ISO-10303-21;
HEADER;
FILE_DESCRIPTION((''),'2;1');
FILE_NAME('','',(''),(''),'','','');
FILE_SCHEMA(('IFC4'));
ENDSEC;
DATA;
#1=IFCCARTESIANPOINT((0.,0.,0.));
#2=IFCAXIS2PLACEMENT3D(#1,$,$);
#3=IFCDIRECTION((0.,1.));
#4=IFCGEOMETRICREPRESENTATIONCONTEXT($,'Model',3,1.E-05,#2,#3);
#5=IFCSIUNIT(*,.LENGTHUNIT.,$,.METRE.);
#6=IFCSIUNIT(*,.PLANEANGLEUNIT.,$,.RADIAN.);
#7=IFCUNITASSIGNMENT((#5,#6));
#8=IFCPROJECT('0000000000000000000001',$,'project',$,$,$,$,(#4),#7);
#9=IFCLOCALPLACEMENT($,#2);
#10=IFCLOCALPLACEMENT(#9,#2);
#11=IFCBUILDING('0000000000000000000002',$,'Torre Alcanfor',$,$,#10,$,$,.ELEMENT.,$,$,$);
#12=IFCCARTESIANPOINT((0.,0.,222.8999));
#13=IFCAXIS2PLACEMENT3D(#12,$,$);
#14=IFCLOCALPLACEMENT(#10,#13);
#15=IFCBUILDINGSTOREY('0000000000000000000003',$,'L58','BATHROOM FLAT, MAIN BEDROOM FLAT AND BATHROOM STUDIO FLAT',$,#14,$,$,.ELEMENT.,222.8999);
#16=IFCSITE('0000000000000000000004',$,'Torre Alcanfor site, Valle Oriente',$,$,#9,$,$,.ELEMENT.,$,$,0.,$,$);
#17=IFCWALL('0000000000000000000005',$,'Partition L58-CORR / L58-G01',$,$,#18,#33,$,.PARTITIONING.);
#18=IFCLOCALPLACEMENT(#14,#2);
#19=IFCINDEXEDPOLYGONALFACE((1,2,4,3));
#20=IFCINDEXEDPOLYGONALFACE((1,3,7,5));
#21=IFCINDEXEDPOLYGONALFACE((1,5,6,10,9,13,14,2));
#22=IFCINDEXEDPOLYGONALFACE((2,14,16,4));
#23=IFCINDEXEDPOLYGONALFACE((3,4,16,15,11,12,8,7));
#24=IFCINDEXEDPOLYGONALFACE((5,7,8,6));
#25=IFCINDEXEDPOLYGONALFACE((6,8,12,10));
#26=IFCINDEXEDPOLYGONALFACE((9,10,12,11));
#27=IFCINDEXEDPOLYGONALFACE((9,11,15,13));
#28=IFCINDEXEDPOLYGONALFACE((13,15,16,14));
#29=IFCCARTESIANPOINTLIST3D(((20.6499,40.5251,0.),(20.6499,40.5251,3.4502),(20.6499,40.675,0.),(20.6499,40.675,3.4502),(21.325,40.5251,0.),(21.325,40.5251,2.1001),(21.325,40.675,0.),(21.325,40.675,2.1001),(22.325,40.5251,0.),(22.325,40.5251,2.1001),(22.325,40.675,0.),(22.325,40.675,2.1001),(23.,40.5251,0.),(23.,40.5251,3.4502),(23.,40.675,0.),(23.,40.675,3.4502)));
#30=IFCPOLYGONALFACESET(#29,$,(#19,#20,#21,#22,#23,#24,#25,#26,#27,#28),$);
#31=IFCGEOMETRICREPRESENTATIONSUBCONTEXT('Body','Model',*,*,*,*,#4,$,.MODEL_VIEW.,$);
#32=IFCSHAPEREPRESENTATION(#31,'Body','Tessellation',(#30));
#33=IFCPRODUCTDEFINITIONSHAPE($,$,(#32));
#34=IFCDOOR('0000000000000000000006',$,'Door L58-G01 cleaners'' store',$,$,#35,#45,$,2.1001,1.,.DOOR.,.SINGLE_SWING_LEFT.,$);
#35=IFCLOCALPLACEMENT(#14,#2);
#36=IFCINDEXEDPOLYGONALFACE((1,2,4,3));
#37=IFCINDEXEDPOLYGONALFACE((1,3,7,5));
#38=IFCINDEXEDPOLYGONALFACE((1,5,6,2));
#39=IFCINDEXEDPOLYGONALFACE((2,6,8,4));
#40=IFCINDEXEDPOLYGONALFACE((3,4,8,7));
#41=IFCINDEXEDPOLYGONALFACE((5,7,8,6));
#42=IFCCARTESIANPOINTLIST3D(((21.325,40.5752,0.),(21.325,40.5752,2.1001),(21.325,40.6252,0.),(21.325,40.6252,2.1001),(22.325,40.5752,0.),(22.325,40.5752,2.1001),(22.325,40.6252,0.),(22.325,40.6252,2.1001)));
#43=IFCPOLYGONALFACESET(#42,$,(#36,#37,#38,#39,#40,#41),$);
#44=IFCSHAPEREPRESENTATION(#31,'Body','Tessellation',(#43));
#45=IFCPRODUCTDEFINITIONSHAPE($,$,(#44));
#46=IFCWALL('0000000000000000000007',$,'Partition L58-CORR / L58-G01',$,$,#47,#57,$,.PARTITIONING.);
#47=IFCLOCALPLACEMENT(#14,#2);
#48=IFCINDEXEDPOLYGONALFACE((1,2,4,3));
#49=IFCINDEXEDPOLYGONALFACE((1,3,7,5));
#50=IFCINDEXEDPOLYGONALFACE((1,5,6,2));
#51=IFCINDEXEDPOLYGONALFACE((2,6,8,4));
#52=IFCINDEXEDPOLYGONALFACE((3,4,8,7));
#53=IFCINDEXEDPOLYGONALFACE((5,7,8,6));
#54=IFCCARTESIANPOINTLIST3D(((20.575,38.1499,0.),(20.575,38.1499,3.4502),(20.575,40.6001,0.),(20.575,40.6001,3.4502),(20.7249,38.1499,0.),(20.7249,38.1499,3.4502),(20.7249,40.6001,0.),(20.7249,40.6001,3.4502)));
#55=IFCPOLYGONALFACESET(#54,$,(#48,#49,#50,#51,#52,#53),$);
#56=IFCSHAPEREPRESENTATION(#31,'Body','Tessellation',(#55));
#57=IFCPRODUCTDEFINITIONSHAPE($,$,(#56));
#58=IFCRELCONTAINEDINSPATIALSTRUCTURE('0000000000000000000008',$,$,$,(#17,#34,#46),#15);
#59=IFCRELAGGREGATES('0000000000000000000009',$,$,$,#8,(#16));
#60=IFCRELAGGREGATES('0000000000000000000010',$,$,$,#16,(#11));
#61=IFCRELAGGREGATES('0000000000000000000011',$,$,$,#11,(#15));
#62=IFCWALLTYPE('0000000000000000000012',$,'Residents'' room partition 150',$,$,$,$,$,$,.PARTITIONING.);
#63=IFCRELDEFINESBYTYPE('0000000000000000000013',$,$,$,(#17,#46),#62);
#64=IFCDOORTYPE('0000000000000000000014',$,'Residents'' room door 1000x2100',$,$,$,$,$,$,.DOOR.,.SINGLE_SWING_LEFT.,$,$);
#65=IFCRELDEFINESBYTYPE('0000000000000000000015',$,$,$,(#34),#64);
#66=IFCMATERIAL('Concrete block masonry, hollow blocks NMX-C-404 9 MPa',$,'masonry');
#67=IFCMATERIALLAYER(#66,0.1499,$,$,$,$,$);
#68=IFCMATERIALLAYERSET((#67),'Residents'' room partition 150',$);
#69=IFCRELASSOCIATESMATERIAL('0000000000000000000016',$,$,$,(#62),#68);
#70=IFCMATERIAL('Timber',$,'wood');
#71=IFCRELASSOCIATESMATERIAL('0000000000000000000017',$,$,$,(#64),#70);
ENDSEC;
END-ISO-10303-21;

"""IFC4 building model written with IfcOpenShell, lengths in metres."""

from ifc_helpers import new_model, si_unit, direction, frame, frame_2d, origin, place, context, subcontext, project, spatial, rectangle, extrude, material, layer, layer_set, type_object, element, fill, save


model = new_model("IFC4")

# Units and contexts
model_context = context("Model", 3, precision=1e-05, world=origin(), true_north=direction((0.0, 1.0)))
body_context = subcontext(model_context, "Body", "Model", "MODEL_VIEW")
ifc_project = project(units=[si_unit("LENGTHUNIT", "METRE"), si_unit("PLANEANGLEUNIT", "RADIAN")], contexts=[model_context])

# Site, building, storey
site_placement = place(None, origin())
site = spatial("IfcSite", under=ifc_project, at=site_placement, Name="Torre Alcanfor site, Valle Oriente", CompositionType="ELEMENT", RefElevation=0.0)
building_placement = place(site_placement, origin())
building = spatial("IfcBuilding", under=site, at=building_placement, Name="Torre Alcanfor", CompositionType="ELEMENT")
storey_placement = place(building_placement, frame((0.0, 0.0, 222.8999)))
storey = spatial("IfcBuildingStorey", under=building, at=storey_placement, Name="L58", Description="BATHROOM FLAT, MAIN BEDROOM FLAT AND BATHROOM STUDIO FLAT", CompositionType="ELEMENT", Elevation=222.8999)

# Shared definitions
ifc_material_1 = material(Name="Concrete block masonry, hollow blocks NMX-C-404 9 MPa", Category="masonry")
ifc_layer_1 = layer(ifc_material_1, 0.1499)
ifc_layer_set_1 = layer_set([ifc_layer_1], Name="Residents' room partition 150")
wall_type_1 = type_object("IfcWallType", Name="Residents' room partition 150", PredefinedType="PARTITIONING", material=ifc_layer_set_1)

# Wall, opening, door
wall_1_placement = place(storey_placement, frame((23.0, 40.6001, 0.0), z_axis=(0.0, 0.0, 1.0), x_axis=(-1.0, 0.0, 0.0)))
wall_1 = element("IfcWall", 1, at=wall_1_placement, inside=storey, type_object=wall_type_1, Name="Partition L58-CORR / L58-G01", PredefinedType="PARTITIONING", context=body_context, shape_type="SweptSolid", body=[
    extrude(rectangle(XDim=2.3501, YDim=0.1499, at=frame_2d((1.175, 0.0))), origin(), (0.0, 0.0, 1.0), 3.4502),
])
opening_1_placement = place(wall_1_placement, frame((0.675, 0.0, 0.0)))
opening_1 = element("IfcOpeningElement", 2, at=opening_1_placement, cuts=wall_1, PredefinedType="OPENING", context=body_context, shape_type="SweptSolid", body=[
    extrude(rectangle(XDim=1.0, YDim=2.1001, at=frame_2d((0.5, 1.05))), frame((0.0, 0.085, 0.0), z_axis=(0.0, -1.0, 0.0), x_axis=(1.0, 0.0, 0.0)), (0.0, 0.0, 1.0), 0.1699),
])
ifc_material_2 = material(Name="Timber", Category="wood")
door_type_1 = type_object("IfcDoorType", Name="Residents' room door 1000x2100", OperationType="SINGLE_SWING_LEFT", PredefinedType="DOOR", material=ifc_material_2)
door_1_placement = place(opening_1_placement, origin())
door_1 = element("IfcDoor", 3, at=door_1_placement, inside=storey, type_object=door_type_1, Name="Door L58-G01 cleaners' store", OperationType="SINGLE_SWING_LEFT", OverallHeight=2.1001, OverallWidth=1.0, PredefinedType="DOOR", context=body_context, shape_type="SweptSolid", body=[
    extrude(rectangle(XDim=1.0, YDim=2.1001, at=frame_2d((0.5, 1.05))), frame((0.0, 0.0249, 0.0), z_axis=(0.0, -1.0, 0.0), x_axis=(1.0, 0.0, 0.0)), (0.0, 0.0, 1.0), 0.05),
])
fill(opening_1, door_1)

# Wall
wall_2_placement = place(storey_placement, frame((20.6499, 40.6001, 0.0), z_axis=(0.0, 0.0, 1.0), x_axis=(0.0, -1.0, 0.0)))
element("IfcWall", 4, at=wall_2_placement, inside=storey, type_object=wall_type_1, Name="Partition L58-CORR / L58-G01", PredefinedType="PARTITIONING", context=body_context, shape_type="SweptSolid", body=[
    extrude(rectangle(XDim=2.4502, YDim=0.1499, at=frame_2d((1.2251, 0.0))), origin(), (0.0, 0.0, 1.0), 3.4502),
])

save(model, "model.ifc")
